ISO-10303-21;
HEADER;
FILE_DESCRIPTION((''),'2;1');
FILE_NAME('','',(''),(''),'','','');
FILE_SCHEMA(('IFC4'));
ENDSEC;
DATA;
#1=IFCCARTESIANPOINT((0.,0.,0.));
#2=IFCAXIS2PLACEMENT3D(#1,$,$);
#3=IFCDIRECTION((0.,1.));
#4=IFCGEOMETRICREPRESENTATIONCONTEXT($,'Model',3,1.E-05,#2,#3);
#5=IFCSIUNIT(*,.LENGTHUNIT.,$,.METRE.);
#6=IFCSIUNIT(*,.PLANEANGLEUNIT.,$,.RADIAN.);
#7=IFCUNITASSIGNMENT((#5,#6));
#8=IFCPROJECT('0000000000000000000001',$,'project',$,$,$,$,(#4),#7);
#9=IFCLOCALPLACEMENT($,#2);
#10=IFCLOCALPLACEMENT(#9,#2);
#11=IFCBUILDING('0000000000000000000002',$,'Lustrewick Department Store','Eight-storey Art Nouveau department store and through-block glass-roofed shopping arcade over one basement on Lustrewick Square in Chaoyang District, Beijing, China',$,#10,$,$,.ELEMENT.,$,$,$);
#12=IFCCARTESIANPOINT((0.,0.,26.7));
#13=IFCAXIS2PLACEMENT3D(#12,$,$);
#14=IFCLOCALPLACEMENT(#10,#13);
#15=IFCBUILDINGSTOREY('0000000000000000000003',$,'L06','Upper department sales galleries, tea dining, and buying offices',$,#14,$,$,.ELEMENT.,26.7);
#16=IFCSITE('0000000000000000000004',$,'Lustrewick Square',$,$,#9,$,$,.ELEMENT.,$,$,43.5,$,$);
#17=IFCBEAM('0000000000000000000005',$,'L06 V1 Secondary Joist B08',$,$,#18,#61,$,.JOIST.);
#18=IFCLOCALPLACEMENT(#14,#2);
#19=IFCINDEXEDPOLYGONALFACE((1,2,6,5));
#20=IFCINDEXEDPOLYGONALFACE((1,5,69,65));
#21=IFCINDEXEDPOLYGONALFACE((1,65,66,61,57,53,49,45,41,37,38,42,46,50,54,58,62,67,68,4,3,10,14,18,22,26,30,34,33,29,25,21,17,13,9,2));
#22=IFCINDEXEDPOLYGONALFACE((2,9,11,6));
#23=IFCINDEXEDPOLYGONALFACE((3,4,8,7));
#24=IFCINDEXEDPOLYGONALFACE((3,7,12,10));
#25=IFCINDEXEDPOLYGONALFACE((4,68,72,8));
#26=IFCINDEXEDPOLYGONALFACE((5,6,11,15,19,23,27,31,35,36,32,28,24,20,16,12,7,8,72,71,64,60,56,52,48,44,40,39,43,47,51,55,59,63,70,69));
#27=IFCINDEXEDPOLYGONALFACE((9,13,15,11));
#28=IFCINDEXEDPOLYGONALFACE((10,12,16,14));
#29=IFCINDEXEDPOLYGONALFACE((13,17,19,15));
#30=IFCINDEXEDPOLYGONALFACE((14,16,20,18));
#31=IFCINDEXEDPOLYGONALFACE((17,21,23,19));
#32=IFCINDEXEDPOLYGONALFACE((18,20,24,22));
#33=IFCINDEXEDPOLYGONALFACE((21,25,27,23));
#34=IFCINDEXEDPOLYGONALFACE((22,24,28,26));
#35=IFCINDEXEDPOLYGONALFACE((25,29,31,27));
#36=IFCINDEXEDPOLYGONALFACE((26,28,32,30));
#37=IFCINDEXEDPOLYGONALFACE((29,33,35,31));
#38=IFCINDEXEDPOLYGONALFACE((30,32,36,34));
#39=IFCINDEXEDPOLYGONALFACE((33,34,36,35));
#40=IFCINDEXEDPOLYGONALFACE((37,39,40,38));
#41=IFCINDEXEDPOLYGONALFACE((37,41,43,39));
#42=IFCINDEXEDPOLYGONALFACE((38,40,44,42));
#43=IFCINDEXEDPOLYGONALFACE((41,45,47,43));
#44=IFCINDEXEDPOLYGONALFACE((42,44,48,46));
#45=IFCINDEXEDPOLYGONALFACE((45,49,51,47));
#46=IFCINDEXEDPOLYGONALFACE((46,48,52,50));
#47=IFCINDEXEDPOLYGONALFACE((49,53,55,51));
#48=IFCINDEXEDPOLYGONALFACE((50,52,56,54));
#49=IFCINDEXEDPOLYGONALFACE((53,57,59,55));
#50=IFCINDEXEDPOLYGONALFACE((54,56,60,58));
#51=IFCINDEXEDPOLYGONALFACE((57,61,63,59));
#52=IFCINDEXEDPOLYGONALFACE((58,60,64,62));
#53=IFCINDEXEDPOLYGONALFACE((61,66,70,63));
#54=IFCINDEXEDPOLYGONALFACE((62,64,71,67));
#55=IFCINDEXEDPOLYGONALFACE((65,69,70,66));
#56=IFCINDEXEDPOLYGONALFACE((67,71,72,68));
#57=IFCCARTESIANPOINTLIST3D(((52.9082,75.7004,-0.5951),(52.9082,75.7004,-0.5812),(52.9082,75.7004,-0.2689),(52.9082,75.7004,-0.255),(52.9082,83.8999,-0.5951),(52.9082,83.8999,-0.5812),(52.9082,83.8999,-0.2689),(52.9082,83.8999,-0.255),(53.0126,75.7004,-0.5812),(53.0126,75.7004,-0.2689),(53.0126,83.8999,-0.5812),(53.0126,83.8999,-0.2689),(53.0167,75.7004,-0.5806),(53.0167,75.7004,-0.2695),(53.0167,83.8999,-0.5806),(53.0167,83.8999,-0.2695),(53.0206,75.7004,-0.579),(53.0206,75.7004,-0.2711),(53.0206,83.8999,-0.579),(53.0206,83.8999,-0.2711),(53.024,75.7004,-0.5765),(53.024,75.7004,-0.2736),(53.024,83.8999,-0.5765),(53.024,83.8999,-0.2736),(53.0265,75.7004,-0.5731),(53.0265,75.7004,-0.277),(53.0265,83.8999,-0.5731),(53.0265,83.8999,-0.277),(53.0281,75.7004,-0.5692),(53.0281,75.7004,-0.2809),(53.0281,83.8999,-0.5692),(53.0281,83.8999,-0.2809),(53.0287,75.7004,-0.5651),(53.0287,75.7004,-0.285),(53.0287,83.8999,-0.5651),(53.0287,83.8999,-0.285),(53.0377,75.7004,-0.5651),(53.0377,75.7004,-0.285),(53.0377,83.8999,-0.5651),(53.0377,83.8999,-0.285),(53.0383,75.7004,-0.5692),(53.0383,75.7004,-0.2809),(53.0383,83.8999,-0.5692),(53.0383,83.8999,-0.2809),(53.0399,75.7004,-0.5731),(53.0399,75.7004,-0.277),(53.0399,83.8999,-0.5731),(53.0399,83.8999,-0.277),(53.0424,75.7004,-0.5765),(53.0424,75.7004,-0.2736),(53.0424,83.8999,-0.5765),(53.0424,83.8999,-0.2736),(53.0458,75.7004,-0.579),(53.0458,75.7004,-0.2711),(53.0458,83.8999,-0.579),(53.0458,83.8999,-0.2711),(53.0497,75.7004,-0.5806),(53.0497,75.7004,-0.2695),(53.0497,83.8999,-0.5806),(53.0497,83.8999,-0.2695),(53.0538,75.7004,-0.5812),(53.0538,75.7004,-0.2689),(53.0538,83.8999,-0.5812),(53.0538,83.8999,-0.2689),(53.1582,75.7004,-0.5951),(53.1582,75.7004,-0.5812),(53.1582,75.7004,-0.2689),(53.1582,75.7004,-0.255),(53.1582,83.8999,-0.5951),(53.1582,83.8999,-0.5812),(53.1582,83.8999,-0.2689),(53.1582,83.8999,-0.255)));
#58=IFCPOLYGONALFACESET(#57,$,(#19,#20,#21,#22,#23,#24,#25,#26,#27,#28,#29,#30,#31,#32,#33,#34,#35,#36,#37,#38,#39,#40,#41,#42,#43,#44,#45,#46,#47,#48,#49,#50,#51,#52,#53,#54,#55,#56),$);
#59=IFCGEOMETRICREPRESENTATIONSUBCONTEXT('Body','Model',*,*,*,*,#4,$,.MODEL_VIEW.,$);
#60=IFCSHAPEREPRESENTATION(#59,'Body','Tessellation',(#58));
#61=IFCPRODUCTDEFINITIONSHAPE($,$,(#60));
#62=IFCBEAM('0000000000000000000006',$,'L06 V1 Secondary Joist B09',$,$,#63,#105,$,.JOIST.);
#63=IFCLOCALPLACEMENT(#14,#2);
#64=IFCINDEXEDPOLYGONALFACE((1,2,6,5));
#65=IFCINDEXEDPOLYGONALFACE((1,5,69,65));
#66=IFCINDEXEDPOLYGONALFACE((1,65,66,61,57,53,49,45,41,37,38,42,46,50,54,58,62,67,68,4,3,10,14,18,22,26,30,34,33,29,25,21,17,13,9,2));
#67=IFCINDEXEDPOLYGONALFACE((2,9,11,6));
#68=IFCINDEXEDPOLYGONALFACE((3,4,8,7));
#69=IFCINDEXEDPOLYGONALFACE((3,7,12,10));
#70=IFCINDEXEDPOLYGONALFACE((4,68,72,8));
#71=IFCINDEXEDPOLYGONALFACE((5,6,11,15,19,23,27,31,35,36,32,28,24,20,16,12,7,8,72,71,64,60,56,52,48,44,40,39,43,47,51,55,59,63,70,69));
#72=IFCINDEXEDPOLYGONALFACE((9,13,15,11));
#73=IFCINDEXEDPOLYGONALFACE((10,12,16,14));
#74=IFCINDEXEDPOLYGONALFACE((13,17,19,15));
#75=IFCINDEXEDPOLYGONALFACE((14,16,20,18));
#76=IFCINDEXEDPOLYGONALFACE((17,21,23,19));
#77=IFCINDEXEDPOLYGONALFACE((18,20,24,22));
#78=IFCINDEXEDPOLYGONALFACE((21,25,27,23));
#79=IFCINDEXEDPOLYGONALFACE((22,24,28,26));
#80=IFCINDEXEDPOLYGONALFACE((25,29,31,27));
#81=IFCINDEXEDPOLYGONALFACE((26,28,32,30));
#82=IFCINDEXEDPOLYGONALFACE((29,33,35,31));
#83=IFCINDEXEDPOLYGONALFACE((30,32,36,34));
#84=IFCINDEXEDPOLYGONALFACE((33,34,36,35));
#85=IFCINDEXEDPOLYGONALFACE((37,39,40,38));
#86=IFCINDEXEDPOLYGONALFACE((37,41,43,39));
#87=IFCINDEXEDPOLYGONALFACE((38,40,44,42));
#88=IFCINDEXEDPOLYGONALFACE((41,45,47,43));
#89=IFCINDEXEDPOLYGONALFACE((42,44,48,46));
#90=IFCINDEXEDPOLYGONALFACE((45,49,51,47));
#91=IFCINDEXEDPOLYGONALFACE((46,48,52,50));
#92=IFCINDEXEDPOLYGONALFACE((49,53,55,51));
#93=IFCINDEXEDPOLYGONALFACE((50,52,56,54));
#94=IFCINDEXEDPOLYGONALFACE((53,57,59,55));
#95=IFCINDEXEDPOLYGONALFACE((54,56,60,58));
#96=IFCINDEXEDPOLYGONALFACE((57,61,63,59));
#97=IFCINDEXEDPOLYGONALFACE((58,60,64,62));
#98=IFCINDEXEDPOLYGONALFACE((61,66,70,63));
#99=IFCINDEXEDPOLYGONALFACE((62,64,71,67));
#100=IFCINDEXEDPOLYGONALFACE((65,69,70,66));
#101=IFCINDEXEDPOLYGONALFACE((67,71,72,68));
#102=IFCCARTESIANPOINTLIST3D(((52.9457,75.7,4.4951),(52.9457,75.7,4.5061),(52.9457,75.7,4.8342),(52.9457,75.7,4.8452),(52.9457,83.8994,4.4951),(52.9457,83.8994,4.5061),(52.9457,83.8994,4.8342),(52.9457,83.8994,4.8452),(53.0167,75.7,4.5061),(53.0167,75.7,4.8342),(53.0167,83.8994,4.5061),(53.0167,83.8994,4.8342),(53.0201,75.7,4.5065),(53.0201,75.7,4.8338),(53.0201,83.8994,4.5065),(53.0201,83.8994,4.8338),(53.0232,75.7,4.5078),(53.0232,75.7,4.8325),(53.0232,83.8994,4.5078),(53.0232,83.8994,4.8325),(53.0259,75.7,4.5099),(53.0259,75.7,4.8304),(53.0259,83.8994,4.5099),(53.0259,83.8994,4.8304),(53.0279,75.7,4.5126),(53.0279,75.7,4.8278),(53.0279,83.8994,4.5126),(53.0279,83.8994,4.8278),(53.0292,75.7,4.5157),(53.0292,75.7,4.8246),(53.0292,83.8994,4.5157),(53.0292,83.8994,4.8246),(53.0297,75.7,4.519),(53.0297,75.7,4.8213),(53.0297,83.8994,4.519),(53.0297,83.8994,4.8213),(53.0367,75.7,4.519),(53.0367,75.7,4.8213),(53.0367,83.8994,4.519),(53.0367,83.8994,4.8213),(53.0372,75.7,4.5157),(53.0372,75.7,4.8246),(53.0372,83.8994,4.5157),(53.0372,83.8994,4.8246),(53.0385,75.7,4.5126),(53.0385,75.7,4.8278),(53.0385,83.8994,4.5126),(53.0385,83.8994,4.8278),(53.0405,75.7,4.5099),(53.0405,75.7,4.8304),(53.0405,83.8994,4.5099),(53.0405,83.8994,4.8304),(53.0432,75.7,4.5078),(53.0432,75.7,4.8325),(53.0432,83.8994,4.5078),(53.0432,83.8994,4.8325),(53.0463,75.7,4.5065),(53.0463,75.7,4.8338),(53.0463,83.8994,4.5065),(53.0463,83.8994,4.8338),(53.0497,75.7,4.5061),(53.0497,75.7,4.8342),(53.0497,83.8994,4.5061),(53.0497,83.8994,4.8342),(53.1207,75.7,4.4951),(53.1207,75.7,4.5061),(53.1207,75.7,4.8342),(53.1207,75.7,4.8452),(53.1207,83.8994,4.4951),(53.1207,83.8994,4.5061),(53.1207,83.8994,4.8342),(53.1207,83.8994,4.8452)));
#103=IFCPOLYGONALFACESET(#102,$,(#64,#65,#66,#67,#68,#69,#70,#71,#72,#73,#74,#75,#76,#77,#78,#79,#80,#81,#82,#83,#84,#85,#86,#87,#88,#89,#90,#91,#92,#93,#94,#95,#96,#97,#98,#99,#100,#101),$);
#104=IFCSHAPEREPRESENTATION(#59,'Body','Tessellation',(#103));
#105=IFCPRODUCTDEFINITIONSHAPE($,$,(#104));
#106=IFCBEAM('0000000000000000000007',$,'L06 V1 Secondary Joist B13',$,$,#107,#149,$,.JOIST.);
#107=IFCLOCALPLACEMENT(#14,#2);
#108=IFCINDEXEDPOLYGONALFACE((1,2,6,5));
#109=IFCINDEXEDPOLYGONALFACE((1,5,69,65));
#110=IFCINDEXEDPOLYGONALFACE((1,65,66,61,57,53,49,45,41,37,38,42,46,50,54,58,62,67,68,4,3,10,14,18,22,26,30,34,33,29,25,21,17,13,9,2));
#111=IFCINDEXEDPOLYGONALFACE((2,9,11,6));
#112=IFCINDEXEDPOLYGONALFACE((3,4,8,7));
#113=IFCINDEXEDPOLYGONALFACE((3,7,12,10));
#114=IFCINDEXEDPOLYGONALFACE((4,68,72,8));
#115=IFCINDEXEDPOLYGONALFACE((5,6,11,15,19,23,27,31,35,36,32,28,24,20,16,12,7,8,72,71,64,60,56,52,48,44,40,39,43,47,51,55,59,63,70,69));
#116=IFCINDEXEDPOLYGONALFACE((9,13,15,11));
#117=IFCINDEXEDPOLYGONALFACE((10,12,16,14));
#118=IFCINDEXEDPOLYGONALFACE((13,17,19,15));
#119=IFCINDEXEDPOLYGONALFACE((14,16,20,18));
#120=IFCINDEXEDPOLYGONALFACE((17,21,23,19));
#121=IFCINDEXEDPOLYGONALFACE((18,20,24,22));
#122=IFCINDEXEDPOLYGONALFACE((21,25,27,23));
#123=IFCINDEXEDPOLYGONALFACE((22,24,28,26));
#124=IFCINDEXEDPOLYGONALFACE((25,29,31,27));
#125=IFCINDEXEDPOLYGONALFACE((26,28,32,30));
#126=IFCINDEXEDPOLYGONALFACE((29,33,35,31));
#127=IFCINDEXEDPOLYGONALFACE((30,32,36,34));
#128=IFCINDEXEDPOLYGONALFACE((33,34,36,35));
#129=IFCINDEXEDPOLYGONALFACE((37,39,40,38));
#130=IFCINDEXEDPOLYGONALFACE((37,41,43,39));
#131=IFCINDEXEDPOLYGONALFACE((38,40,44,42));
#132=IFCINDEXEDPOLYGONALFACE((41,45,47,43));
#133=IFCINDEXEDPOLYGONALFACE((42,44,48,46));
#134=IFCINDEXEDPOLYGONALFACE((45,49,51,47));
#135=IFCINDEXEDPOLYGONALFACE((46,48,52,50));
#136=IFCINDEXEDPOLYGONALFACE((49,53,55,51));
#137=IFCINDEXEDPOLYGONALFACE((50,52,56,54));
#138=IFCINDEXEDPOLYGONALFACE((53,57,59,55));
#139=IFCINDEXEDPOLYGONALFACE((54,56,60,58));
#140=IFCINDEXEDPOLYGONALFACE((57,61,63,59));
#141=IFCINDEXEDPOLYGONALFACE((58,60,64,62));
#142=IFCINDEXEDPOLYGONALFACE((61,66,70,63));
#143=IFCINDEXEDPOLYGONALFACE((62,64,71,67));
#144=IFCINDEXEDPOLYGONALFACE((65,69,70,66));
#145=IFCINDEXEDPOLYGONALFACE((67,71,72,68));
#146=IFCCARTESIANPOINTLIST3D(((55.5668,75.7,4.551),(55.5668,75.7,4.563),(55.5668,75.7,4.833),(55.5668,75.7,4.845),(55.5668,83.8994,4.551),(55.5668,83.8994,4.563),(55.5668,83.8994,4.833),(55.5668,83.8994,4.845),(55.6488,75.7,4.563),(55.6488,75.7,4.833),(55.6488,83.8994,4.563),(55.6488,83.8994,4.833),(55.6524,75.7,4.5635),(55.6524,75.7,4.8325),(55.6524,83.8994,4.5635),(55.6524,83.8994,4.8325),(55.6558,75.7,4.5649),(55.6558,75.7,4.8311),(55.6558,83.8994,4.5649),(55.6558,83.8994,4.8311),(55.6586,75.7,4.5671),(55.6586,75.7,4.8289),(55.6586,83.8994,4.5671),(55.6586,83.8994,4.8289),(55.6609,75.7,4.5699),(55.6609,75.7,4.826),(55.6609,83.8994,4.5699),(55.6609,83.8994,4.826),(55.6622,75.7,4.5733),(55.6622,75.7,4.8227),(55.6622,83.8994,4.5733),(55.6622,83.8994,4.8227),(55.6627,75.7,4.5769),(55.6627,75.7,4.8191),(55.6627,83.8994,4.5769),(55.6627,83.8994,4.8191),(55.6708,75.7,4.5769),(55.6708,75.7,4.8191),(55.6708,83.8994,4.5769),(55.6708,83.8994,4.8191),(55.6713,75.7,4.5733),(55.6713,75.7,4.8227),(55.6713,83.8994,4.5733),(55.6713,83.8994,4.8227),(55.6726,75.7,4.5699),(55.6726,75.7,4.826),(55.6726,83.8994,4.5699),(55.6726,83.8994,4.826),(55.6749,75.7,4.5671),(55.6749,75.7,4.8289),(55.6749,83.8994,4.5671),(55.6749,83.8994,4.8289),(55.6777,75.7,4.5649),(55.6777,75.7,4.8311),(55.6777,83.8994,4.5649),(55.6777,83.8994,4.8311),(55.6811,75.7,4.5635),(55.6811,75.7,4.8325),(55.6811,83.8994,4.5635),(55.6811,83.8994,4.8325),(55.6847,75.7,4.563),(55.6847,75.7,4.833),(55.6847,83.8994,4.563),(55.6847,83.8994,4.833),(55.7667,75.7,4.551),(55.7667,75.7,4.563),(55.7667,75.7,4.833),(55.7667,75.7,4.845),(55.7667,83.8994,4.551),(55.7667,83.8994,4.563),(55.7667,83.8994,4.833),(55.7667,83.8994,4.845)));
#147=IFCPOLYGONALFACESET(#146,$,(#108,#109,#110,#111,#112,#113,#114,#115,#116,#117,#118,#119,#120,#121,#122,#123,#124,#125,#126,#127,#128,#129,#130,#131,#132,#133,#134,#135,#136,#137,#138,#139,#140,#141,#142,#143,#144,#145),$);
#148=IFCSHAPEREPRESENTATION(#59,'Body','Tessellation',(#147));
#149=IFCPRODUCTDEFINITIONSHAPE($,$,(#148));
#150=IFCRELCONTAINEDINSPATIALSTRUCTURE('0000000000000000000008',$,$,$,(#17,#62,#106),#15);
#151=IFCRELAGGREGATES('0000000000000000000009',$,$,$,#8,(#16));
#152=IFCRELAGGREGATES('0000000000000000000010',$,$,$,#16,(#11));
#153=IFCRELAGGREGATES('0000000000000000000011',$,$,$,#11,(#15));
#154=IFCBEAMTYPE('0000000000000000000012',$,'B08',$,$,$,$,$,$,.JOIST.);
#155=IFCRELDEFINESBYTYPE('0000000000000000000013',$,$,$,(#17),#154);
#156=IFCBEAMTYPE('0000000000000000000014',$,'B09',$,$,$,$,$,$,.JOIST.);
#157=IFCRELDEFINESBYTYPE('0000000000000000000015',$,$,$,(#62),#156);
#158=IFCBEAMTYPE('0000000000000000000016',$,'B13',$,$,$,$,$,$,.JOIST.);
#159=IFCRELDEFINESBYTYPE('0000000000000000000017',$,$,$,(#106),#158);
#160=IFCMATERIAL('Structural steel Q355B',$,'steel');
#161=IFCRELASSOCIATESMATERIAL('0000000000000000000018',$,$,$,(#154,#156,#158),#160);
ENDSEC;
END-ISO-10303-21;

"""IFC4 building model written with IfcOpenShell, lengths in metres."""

from ifc_helpers import new_model, si_unit, direction, frame, origin, origin_2d, place, context, subcontext, project, spatial, i_section, extrude, material, material_profile, profile_set, type_object, element, save


model = new_model("IFC4")

# Units and contexts
model_context = context("Model", 3, precision=1e-05, world=origin(), true_north=direction((0.0, 1.0)))
body_context = subcontext(model_context, "Body", "Model", "MODEL_VIEW")
ifc_project = project(units=[si_unit("LENGTHUNIT", "METRE"), si_unit("PLANEANGLEUNIT", "RADIAN")], contexts=[model_context])

# Site, building, storey
site_placement = place(None, origin())
site = spatial("IfcSite", under=ifc_project, at=site_placement, Name="Lustrewick Square", CompositionType="ELEMENT", RefElevation=43.5)
building_placement = place(site_placement, origin())
building = spatial("IfcBuilding", under=site, at=building_placement, Name="Lustrewick Department Store", Description="Eight-storey Art Nouveau department store and through-block glass-roofed shopping arcade over one basement on Lustrewick Square in Chaoyang District, Beijing, China", CompositionType="ELEMENT")
storey_placement = place(building_placement, frame((0.0, 0.0, 26.7)))
storey = spatial("IfcBuildingStorey", under=building, at=storey_placement, Name="L06", Description="Upper department sales galleries, tea dining, and buying offices", CompositionType="ELEMENT", Elevation=26.7)

# Shared definitions
ifc_material_1 = material(Name="Structural steel Q355B", Category="steel")

# Beams
ifc_material_profile_1 = material_profile(ifc_material_1, i_section(OverallWidth=0.25, OverallDepth=0.3401, WebThickness=0.009, FlangeThickness=0.0139, FilletRadius=0.0161, at=origin_2d()), Name="HM 340x250x9x14")
ifc_profile_set_1 = profile_set([ifc_material_profile_1], Name="Structural steel Q355B")
beam_type_1 = type_object("IfcBeamType", Name="B08", PredefinedType="JOIST", material=ifc_profile_set_1)
beam_1_placement = place(storey_placement, frame((53.0332, 75.7004, -0.425), z_axis=(0.0, 1.0, 0.0), x_axis=(-1.0, 0.0, 0.0)))
element("IfcBeam", 1, at=beam_1_placement, inside=storey, type_object=beam_type_1, Name="L06 V1 Secondary Joist B08", PredefinedType="JOIST", context=body_context, shape_type="SweptSolid", body=[
    extrude(i_section(OverallWidth=0.25, OverallDepth=0.3401, WebThickness=0.009, FlangeThickness=0.0139, FilletRadius=0.0161, at=origin_2d()), origin(), (0.0, 0.0, 1.0), 8.1995),
])
ifc_material_profile_2 = material_profile(ifc_material_1, i_section(OverallWidth=0.175, OverallDepth=0.3501, WebThickness=0.0071, FlangeThickness=0.011, FilletRadius=0.0129, at=origin_2d()), Name="HN 350x175x7x11")
ifc_profile_set_2 = profile_set([ifc_material_profile_2], Name="Structural steel Q355B")
beam_type_2 = type_object("IfcBeamType", Name="B09", PredefinedType="JOIST", material=ifc_profile_set_2)
beam_2_placement = place(storey_placement, frame((53.0332, 75.7, 4.6702), z_axis=(0.0, 1.0, 0.0), x_axis=(-1.0, 0.0, 0.0)))
element("IfcBeam", 2, at=beam_2_placement, inside=storey, type_object=beam_type_2, Name="L06 V1 Secondary Joist B09", PredefinedType="JOIST", context=body_context, shape_type="SweptSolid", body=[
    extrude(i_section(OverallWidth=0.175, OverallDepth=0.3501, WebThickness=0.0071, FlangeThickness=0.011, FilletRadius=0.0129, at=origin_2d()), origin(), (0.0, 0.0, 1.0), 8.1995),
])
ifc_material_profile_3 = material_profile(ifc_material_1, i_section(OverallWidth=0.2, OverallDepth=0.2939, WebThickness=0.0081, FlangeThickness=0.012, FilletRadius=0.0139, at=origin_2d()), Name="HM 294x200x8x12")
ifc_profile_set_3 = profile_set([ifc_material_profile_3], Name="Structural steel Q355B")
beam_type_3 = type_object("IfcBeamType", Name="B13", PredefinedType="JOIST", material=ifc_profile_set_3)
beam_3_placement = place(storey_placement, frame((55.6667, 75.7, 4.698), z_axis=(0.0, 1.0, 0.0), x_axis=(-1.0, 0.0, 0.0)))
element("IfcBeam", 3, at=beam_3_placement, inside=storey, type_object=beam_type_3, Name="L06 V1 Secondary Joist B13", PredefinedType="JOIST", context=body_context, shape_type="SweptSolid", body=[
    extrude(i_section(OverallWidth=0.2, OverallDepth=0.2939, WebThickness=0.0081, FlangeThickness=0.012, FilletRadius=0.0139, at=origin_2d()), origin(), (0.0, 0.0, 1.0), 8.1995),
])

save(model, "model.ifc")
